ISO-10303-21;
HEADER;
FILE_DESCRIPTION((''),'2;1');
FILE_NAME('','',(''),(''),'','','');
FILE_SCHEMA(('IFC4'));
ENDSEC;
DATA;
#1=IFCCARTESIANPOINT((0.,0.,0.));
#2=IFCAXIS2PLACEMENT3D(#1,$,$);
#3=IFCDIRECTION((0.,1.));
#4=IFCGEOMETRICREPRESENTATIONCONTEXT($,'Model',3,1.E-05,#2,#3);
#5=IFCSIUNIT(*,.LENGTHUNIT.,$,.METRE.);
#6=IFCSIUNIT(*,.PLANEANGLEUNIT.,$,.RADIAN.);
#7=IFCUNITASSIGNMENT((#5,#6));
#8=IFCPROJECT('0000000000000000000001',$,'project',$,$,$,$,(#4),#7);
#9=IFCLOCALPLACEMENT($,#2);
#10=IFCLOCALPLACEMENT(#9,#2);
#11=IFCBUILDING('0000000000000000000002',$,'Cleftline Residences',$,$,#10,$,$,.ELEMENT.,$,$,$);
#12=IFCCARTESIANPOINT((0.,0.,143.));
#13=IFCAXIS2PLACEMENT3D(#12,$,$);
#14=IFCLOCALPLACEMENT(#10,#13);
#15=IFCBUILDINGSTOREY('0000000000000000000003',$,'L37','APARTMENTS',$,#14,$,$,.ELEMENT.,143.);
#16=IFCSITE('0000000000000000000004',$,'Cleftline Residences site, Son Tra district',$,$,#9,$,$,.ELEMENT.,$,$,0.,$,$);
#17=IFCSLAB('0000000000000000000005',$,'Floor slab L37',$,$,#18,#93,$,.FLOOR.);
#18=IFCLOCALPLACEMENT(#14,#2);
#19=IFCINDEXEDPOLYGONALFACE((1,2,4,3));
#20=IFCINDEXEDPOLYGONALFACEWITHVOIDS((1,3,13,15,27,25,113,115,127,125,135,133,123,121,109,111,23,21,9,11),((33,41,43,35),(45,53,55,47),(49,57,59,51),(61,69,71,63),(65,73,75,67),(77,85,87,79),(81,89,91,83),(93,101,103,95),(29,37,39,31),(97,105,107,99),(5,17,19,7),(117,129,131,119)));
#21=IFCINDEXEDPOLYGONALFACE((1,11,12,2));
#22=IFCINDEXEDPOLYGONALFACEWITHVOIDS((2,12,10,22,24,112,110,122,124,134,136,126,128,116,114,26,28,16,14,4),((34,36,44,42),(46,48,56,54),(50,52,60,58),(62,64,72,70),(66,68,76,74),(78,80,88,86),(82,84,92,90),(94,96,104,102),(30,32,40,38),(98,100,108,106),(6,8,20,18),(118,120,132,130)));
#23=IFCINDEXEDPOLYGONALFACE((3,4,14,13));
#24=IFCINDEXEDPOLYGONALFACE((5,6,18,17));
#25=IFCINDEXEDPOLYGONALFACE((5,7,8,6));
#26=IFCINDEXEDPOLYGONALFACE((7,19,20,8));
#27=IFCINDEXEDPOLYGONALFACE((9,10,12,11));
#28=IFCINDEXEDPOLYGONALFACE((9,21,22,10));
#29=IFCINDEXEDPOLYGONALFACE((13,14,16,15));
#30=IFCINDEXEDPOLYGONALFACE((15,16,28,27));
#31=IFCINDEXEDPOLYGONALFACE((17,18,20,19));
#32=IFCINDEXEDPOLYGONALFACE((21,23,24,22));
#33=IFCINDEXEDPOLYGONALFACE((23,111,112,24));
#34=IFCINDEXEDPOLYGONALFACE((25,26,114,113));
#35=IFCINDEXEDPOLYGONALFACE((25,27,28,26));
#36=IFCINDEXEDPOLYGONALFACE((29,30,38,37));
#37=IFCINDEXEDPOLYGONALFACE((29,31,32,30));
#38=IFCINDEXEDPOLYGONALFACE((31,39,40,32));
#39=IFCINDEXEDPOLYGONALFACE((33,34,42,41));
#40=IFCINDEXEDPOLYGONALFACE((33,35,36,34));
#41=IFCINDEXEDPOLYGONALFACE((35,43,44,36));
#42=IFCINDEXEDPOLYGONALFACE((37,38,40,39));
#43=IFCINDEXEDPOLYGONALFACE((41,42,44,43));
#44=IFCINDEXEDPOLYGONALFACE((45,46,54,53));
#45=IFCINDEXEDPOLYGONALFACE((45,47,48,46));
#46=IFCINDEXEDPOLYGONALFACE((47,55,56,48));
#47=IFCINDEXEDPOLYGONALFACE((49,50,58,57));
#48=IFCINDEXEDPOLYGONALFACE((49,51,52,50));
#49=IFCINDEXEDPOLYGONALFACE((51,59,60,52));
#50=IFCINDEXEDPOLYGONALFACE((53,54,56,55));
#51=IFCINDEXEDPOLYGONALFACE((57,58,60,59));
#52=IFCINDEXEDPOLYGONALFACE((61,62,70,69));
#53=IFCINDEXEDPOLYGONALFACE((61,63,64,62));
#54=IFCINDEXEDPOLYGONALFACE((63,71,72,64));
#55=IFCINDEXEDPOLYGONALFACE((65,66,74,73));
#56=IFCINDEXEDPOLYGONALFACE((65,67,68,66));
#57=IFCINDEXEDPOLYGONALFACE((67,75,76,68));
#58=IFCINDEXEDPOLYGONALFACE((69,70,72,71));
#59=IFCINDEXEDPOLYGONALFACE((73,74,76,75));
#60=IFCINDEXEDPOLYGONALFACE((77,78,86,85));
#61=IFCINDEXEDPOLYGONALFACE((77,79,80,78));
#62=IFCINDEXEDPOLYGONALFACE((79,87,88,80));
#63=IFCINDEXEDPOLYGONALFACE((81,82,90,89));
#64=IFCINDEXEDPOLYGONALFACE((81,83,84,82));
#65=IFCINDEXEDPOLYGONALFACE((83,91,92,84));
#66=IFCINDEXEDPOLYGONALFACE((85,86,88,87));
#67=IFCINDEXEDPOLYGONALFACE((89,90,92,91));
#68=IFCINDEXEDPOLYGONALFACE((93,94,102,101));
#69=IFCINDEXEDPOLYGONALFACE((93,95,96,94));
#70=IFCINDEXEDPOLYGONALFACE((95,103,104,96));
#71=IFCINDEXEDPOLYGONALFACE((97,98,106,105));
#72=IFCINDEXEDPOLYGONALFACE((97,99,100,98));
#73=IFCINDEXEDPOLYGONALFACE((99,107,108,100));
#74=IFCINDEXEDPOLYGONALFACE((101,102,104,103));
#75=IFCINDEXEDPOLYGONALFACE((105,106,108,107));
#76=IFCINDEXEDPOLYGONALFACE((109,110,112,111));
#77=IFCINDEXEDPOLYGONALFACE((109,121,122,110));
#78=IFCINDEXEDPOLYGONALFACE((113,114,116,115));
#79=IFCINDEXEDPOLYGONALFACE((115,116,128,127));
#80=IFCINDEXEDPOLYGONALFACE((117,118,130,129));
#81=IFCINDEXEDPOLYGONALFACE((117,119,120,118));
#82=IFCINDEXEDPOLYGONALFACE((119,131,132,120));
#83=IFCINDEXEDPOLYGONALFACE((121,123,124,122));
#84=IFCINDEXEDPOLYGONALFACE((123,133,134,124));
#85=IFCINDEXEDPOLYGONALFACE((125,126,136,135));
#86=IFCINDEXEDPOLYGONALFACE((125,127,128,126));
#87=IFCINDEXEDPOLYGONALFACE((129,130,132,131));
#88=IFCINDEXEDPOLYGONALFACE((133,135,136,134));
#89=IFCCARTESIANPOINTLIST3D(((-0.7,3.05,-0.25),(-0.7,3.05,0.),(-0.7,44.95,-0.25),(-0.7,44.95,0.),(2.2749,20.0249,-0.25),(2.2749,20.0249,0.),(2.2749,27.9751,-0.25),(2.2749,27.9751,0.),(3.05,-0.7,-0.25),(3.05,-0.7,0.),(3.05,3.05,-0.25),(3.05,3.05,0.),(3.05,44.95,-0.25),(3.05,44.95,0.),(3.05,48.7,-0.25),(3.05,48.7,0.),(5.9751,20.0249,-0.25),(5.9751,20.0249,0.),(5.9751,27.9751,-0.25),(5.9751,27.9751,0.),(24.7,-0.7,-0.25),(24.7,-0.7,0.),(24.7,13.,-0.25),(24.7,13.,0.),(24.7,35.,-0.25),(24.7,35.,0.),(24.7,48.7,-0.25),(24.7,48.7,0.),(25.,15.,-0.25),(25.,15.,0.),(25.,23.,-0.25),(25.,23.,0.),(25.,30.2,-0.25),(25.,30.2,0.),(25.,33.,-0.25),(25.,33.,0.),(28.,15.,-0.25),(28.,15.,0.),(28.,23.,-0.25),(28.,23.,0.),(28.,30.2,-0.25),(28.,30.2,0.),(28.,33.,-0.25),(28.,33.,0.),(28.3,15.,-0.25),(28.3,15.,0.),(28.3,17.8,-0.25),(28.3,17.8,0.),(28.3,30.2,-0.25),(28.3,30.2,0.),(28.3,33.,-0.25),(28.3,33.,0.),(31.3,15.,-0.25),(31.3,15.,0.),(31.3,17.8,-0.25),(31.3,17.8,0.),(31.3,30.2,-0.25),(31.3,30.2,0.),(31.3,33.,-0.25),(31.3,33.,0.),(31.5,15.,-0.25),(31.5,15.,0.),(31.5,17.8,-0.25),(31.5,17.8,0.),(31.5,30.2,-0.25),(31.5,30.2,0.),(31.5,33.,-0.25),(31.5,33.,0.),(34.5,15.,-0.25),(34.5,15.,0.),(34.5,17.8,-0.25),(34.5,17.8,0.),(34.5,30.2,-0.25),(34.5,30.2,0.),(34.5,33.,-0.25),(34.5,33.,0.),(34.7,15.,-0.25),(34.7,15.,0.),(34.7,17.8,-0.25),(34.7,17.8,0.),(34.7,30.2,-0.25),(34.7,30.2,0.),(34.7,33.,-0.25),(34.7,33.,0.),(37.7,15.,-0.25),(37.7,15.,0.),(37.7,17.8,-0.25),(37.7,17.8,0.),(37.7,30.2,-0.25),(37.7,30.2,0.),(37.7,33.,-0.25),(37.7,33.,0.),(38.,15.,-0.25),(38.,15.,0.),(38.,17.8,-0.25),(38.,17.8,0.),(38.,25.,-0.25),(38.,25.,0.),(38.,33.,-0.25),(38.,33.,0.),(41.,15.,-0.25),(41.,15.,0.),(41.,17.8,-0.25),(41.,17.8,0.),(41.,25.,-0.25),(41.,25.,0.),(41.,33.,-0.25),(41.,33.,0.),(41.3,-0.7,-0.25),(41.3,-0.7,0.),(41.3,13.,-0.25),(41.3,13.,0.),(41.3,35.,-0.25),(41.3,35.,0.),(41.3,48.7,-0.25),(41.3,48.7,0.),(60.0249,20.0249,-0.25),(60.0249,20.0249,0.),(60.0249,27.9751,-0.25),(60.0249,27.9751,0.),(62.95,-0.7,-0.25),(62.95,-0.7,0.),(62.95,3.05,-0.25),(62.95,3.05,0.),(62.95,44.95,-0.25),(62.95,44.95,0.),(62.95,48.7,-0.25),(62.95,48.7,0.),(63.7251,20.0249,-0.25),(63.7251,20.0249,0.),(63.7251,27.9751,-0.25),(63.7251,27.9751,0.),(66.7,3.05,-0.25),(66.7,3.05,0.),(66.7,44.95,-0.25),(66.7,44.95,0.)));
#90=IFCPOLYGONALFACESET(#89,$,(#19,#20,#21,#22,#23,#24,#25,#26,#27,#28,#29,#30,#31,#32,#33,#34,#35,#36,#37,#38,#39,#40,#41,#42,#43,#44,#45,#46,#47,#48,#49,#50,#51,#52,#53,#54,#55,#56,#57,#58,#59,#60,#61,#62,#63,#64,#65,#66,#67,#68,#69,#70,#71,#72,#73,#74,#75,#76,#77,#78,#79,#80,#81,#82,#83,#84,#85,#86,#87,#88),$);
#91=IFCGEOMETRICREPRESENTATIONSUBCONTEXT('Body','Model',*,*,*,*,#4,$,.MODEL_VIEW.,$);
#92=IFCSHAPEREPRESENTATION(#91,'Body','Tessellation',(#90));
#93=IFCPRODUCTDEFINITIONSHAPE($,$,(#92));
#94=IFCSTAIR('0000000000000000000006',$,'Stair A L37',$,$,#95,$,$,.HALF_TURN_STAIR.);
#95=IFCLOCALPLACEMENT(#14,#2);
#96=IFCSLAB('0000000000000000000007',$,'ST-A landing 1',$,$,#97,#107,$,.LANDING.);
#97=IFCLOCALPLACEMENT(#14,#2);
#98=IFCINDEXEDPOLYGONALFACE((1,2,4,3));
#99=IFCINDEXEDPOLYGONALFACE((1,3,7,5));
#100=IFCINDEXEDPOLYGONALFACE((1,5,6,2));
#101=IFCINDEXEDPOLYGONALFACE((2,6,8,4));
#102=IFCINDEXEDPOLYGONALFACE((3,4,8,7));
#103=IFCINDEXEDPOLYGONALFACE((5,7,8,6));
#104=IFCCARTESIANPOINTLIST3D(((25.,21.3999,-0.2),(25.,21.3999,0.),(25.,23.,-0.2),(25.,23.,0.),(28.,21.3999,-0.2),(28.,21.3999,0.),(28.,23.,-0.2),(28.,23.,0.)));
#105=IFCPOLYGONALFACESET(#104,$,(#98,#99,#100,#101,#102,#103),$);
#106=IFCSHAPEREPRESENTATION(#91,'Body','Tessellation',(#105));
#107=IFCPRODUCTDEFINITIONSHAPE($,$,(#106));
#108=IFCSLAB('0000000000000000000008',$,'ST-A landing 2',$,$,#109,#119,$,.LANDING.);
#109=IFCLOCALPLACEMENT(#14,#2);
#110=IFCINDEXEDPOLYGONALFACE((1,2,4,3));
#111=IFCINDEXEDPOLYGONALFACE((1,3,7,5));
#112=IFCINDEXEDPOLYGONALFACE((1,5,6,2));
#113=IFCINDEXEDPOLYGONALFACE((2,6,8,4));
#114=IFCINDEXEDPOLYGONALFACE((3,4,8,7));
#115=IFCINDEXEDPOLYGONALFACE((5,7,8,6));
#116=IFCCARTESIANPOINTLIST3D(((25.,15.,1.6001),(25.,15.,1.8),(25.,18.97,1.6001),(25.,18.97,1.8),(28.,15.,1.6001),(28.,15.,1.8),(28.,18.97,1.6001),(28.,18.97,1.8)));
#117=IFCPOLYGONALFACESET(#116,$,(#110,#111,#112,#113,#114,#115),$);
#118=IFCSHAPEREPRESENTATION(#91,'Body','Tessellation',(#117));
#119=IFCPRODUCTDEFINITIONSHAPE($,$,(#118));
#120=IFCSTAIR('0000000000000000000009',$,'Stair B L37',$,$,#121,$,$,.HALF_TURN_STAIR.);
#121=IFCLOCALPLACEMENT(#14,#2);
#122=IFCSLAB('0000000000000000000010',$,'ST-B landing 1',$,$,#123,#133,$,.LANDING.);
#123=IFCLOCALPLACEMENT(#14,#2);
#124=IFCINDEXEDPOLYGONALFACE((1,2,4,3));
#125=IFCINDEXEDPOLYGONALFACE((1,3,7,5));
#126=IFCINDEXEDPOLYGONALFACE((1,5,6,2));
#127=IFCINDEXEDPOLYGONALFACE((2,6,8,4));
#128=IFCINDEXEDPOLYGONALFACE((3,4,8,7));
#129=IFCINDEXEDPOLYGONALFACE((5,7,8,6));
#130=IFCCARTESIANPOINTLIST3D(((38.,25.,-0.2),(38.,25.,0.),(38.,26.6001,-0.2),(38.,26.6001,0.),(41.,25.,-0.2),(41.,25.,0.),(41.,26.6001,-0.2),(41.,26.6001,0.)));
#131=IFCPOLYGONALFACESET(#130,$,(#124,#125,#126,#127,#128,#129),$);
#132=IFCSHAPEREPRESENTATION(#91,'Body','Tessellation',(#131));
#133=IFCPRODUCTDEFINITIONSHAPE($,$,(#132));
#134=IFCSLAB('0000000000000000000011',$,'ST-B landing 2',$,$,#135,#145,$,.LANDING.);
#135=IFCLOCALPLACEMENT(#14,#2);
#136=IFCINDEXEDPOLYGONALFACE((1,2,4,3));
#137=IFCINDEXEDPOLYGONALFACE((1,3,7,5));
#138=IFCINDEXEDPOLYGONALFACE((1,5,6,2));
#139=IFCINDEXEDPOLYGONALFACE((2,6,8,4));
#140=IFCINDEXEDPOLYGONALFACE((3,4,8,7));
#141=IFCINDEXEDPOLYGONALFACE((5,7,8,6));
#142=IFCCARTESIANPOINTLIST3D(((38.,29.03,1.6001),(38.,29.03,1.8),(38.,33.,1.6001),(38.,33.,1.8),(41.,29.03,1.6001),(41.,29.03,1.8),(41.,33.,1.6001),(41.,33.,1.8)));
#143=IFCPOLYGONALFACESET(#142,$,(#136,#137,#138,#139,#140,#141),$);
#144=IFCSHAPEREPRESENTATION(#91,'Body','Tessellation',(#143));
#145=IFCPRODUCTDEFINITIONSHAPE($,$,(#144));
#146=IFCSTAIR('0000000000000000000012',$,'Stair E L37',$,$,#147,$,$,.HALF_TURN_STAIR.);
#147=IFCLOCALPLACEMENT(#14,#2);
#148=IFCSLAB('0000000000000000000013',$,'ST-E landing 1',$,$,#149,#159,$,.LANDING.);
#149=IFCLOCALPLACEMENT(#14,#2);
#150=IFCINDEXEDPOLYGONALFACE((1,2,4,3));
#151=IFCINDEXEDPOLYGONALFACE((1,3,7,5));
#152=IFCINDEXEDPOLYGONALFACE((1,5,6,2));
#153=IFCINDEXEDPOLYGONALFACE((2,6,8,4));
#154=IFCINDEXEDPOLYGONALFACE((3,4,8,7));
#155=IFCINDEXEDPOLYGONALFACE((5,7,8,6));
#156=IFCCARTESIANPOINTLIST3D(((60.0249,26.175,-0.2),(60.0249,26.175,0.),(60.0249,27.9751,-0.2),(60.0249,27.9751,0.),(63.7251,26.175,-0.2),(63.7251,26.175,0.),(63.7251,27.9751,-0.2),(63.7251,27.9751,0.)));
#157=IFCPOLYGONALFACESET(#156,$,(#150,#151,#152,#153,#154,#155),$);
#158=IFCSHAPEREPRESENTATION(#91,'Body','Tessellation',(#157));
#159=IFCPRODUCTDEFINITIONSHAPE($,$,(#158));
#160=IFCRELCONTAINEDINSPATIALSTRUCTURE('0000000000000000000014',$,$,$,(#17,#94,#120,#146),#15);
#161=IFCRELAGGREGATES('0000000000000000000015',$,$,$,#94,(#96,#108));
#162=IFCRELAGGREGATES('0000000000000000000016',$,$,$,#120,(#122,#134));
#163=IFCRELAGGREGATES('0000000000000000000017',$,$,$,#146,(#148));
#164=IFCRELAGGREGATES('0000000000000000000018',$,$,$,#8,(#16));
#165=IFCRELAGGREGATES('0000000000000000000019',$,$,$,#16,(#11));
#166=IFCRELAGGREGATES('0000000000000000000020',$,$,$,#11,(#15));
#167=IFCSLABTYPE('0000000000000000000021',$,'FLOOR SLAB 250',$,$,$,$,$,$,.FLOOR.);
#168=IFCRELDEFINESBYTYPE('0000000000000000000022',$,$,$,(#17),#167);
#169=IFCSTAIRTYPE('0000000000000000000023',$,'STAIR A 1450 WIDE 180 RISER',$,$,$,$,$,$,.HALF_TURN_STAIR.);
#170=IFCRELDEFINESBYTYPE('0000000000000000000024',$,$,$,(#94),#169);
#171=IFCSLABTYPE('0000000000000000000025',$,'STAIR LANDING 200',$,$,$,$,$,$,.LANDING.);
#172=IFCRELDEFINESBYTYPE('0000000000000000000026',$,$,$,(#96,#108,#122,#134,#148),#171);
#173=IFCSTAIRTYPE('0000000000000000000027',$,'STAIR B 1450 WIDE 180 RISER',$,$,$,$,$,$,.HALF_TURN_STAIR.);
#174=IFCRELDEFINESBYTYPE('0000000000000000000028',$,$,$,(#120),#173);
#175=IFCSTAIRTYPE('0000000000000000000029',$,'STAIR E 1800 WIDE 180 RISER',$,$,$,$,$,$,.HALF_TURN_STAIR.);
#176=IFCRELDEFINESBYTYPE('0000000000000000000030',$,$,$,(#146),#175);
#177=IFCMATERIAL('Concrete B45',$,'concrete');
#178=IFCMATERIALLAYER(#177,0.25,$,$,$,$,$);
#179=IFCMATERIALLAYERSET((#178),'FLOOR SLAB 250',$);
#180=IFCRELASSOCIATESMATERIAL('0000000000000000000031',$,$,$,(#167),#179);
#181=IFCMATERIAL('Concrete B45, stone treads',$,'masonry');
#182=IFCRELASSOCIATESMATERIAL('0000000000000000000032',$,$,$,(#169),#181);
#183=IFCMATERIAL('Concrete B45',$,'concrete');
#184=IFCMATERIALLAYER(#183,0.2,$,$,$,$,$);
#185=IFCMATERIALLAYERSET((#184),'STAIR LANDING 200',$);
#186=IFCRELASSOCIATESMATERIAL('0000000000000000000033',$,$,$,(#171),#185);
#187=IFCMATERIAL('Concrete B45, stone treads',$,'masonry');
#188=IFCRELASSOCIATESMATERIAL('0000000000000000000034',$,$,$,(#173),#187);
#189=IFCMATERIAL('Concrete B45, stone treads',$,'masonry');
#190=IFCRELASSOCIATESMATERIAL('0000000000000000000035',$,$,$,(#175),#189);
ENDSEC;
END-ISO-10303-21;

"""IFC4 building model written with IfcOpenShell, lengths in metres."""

from ifc_helpers import new_model, si_unit, direction, frame, origin, place, context, subcontext, project, spatial, polyline, outline, extrude, material, layer, layer_set, type_object, element, aggregate, save


model = new_model("IFC4")

# Units and contexts
model_context = context("Model", 3, precision=1e-05, world=origin(), true_north=direction((0.0, 1.0)))
body_context = subcontext(model_context, "Body", "Model", "MODEL_VIEW")
ifc_project = project(units=[si_unit("LENGTHUNIT", "METRE"), si_unit("PLANEANGLEUNIT", "RADIAN")], contexts=[model_context])

# Site, building, storey
site_placement = place(None, origin())
site = spatial("IfcSite", under=ifc_project, at=site_placement, Name="Cleftline Residences site, Son Tra district", CompositionType="ELEMENT", RefElevation=0.0)
building_placement = place(site_placement, origin())
building = spatial("IfcBuilding", under=site, at=building_placement, Name="Cleftline Residences", CompositionType="ELEMENT")
storey_placement = place(building_placement, frame((0.0, 0.0, 143.0)))
storey = spatial("IfcBuildingStorey", under=building, at=storey_placement, Name="L37", Description="APARTMENTS", CompositionType="ELEMENT", Elevation=143.0)

# Slab
ifc_material_1 = material(Name="Concrete B45", Category="concrete")
ifc_layer_1 = layer(ifc_material_1, 0.25)
ifc_layer_set_1 = layer_set([ifc_layer_1], Name="FLOOR SLAB 250")
slab_type_1 = type_object("IfcSlabType", Name="FLOOR SLAB 250", PredefinedType="FLOOR", material=ifc_layer_set_1)
slab_1_placement = place(storey_placement, frame((0.0, 0.0, -0.25)))
element("IfcSlab", 1, at=slab_1_placement, inside=storey, type_object=slab_type_1, Name="Floor slab L37", PredefinedType="FLOOR", context=body_context, shape_type="SweptSolid", body=[
    extrude(outline(polyline([(24.7, 13.0), (41.3, 13.0), (41.3, -0.7), (62.95, -0.7), (62.95, 3.05), (66.7, 3.05), (66.7, 44.95), (62.95, 44.95), (62.95, 48.7), (41.3, 48.7), (41.3, 35.0), (24.7, 35.0), (24.7, 48.7), (3.05, 48.7), (3.05, 44.95), (-0.7, 44.95), (-0.7, 3.05), (3.05, 3.05), (3.05, -0.7), (24.7, -0.7), (24.7, 13.0)]), holes=[polyline([(28.0, 15.0), (28.0, 23.0), (25.0, 23.0), (25.0, 15.0), (28.0, 15.0)]), polyline([(41.0, 25.0), (41.0, 33.0), (38.0, 33.0), (38.0, 25.0), (41.0, 25.0)]), polyline([(28.0, 30.2), (28.0, 33.0), (25.0, 33.0), (25.0, 30.2), (28.0, 30.2)]), polyline([(41.0, 15.0), (41.0, 17.8), (38.0, 17.8), (38.0, 15.0), (41.0, 15.0)]), polyline([(31.3, 15.0), (31.3, 17.8), (28.3, 17.8), (28.3, 15.0), (31.3, 15.0)]), polyline([(34.5, 15.0), (34.5, 17.8), (31.5, 17.8), (31.5, 15.0), (34.5, 15.0)]), polyline([(37.7, 15.0), (37.7, 17.8), (34.7, 17.8), (34.7, 15.0), (37.7, 15.0)]), polyline([(31.3, 30.2), (31.3, 33.0), (28.3, 33.0), (28.3, 30.2), (31.3, 30.2)]), polyline([(34.5, 30.2), (34.5, 33.0), (31.5, 33.0), (31.5, 30.2), (34.5, 30.2)]), polyline([(37.7, 30.2), (37.7, 33.0), (34.7, 33.0), (34.7, 30.2), (37.7, 30.2)]), polyline([(63.7251, 20.0249), (63.7251, 27.9751), (60.0249, 27.9751), (60.0249, 20.0249), (63.7251, 20.0249)]), polyline([(5.9751, 20.0249), (5.9751, 27.9751), (2.2749, 27.9751), (2.2749, 20.0249), (5.9751, 20.0249)])]), origin(), (0.0, 0.0, 1.0), 0.25),
])

# Stairs, slabs
ifc_material_2 = material(Name="Concrete B45, stone treads", Category="masonry")
stair_type_1 = type_object("IfcStairType", Name="STAIR A 1450 WIDE 180 RISER", PredefinedType="HALF_TURN_STAIR", material=ifc_material_2)
stair_1_placement = place(storey_placement, origin())
stair_1 = element("IfcStair", 2, at=stair_1_placement, inside=storey, type_object=stair_type_1, Name="Stair A L37", PredefinedType="HALF_TURN_STAIR")
ifc_material_3 = material(Name="Concrete B45", Category="concrete")
ifc_layer_2 = layer(ifc_material_3, 0.2)
ifc_layer_set_2 = layer_set([ifc_layer_2], Name="STAIR LANDING 200")
slab_type_2 = type_object("IfcSlabType", Name="STAIR LANDING 200", PredefinedType="LANDING", material=ifc_layer_set_2)
slab_2_placement = place(storey_placement, frame((0.0, 0.0, -0.2)))
slab_2 = element("IfcSlab", 3, at=slab_2_placement, type_object=slab_type_2, Name="ST-A landing 1", PredefinedType="LANDING", context=body_context, shape_type="SweptSolid", body=[
    extrude(outline(polyline([(25.0, 21.3999), (28.0, 21.3999), (28.0, 23.0), (25.0, 23.0), (25.0, 21.3999)])), origin(), (0.0, 0.0, 1.0), 0.2),
])
slab_3_placement = place(storey_placement, frame((0.0, 0.0, 1.6001)))
slab_3 = element("IfcSlab", 4, at=slab_3_placement, type_object=slab_type_2, Name="ST-A landing 2", PredefinedType="LANDING", context=body_context, shape_type="SweptSolid", body=[
    extrude(outline(polyline([(25.0, 15.0), (28.0, 15.0), (28.0, 18.97), (25.0, 18.97), (25.0, 15.0)])), origin(), (0.0, 0.0, 1.0), 0.2),
])
aggregate(stair_1, [slab_2, slab_3])
ifc_material_4 = material(Name="Concrete B45, stone treads", Category="masonry")
stair_type_2 = type_object("IfcStairType", Name="STAIR B 1450 WIDE 180 RISER", PredefinedType="HALF_TURN_STAIR", material=ifc_material_4)
stair_2_placement = place(storey_placement, origin())
stair_2 = element("IfcStair", 5, at=stair_2_placement, inside=storey, type_object=stair_type_2, Name="Stair B L37", PredefinedType="HALF_TURN_STAIR")
slab_4_placement = place(storey_placement, frame((0.0, 0.0, -0.2)))
slab_4 = element("IfcSlab", 6, at=slab_4_placement, type_object=slab_type_2, Name="ST-B landing 1", PredefinedType="LANDING", context=body_context, shape_type="SweptSolid", body=[
    extrude(outline(polyline([(38.0, 25.0), (41.0, 25.0), (41.0, 26.6001), (38.0, 26.6001), (38.0, 25.0)])), origin(), (0.0, 0.0, 1.0), 0.2),
])
slab_5_placement = place(storey_placement, frame((0.0, 0.0, 1.6001)))
slab_5 = element("IfcSlab", 7, at=slab_5_placement, type_object=slab_type_2, Name="ST-B landing 2", PredefinedType="LANDING", context=body_context, shape_type="SweptSolid", body=[
    extrude(outline(polyline([(38.0, 29.03), (41.0, 29.03), (41.0, 33.0), (38.0, 33.0), (38.0, 29.03)])), origin(), (0.0, 0.0, 1.0), 0.2),
])
aggregate(stair_2, [slab_4, slab_5])

# Stair, slab
ifc_material_5 = material(Name="Concrete B45, stone treads", Category="masonry")
stair_type_3 = type_object("IfcStairType", Name="STAIR E 1800 WIDE 180 RISER", PredefinedType="HALF_TURN_STAIR", material=ifc_material_5)
stair_3_placement = place(storey_placement, origin())
stair_3 = element("IfcStair", 8, at=stair_3_placement, inside=storey, type_object=stair_type_3, Name="Stair E L37", PredefinedType="HALF_TURN_STAIR")
slab_6_placement = place(storey_placement, frame((0.0, 0.0, -0.2)))
slab_6 = element("IfcSlab", 9, at=slab_6_placement, type_object=slab_type_2, Name="ST-E landing 1", PredefinedType="LANDING", context=body_context, shape_type="SweptSolid", body=[
    extrude(outline(polyline([(60.0249, 26.175), (63.7251, 26.175), (63.7251, 27.9751), (60.0249, 27.9751), (60.0249, 26.175)])), origin(), (0.0, 0.0, 1.0), 0.2),
])
aggregate(stair_3, [slab_6])

save(model, "model.ifc")
